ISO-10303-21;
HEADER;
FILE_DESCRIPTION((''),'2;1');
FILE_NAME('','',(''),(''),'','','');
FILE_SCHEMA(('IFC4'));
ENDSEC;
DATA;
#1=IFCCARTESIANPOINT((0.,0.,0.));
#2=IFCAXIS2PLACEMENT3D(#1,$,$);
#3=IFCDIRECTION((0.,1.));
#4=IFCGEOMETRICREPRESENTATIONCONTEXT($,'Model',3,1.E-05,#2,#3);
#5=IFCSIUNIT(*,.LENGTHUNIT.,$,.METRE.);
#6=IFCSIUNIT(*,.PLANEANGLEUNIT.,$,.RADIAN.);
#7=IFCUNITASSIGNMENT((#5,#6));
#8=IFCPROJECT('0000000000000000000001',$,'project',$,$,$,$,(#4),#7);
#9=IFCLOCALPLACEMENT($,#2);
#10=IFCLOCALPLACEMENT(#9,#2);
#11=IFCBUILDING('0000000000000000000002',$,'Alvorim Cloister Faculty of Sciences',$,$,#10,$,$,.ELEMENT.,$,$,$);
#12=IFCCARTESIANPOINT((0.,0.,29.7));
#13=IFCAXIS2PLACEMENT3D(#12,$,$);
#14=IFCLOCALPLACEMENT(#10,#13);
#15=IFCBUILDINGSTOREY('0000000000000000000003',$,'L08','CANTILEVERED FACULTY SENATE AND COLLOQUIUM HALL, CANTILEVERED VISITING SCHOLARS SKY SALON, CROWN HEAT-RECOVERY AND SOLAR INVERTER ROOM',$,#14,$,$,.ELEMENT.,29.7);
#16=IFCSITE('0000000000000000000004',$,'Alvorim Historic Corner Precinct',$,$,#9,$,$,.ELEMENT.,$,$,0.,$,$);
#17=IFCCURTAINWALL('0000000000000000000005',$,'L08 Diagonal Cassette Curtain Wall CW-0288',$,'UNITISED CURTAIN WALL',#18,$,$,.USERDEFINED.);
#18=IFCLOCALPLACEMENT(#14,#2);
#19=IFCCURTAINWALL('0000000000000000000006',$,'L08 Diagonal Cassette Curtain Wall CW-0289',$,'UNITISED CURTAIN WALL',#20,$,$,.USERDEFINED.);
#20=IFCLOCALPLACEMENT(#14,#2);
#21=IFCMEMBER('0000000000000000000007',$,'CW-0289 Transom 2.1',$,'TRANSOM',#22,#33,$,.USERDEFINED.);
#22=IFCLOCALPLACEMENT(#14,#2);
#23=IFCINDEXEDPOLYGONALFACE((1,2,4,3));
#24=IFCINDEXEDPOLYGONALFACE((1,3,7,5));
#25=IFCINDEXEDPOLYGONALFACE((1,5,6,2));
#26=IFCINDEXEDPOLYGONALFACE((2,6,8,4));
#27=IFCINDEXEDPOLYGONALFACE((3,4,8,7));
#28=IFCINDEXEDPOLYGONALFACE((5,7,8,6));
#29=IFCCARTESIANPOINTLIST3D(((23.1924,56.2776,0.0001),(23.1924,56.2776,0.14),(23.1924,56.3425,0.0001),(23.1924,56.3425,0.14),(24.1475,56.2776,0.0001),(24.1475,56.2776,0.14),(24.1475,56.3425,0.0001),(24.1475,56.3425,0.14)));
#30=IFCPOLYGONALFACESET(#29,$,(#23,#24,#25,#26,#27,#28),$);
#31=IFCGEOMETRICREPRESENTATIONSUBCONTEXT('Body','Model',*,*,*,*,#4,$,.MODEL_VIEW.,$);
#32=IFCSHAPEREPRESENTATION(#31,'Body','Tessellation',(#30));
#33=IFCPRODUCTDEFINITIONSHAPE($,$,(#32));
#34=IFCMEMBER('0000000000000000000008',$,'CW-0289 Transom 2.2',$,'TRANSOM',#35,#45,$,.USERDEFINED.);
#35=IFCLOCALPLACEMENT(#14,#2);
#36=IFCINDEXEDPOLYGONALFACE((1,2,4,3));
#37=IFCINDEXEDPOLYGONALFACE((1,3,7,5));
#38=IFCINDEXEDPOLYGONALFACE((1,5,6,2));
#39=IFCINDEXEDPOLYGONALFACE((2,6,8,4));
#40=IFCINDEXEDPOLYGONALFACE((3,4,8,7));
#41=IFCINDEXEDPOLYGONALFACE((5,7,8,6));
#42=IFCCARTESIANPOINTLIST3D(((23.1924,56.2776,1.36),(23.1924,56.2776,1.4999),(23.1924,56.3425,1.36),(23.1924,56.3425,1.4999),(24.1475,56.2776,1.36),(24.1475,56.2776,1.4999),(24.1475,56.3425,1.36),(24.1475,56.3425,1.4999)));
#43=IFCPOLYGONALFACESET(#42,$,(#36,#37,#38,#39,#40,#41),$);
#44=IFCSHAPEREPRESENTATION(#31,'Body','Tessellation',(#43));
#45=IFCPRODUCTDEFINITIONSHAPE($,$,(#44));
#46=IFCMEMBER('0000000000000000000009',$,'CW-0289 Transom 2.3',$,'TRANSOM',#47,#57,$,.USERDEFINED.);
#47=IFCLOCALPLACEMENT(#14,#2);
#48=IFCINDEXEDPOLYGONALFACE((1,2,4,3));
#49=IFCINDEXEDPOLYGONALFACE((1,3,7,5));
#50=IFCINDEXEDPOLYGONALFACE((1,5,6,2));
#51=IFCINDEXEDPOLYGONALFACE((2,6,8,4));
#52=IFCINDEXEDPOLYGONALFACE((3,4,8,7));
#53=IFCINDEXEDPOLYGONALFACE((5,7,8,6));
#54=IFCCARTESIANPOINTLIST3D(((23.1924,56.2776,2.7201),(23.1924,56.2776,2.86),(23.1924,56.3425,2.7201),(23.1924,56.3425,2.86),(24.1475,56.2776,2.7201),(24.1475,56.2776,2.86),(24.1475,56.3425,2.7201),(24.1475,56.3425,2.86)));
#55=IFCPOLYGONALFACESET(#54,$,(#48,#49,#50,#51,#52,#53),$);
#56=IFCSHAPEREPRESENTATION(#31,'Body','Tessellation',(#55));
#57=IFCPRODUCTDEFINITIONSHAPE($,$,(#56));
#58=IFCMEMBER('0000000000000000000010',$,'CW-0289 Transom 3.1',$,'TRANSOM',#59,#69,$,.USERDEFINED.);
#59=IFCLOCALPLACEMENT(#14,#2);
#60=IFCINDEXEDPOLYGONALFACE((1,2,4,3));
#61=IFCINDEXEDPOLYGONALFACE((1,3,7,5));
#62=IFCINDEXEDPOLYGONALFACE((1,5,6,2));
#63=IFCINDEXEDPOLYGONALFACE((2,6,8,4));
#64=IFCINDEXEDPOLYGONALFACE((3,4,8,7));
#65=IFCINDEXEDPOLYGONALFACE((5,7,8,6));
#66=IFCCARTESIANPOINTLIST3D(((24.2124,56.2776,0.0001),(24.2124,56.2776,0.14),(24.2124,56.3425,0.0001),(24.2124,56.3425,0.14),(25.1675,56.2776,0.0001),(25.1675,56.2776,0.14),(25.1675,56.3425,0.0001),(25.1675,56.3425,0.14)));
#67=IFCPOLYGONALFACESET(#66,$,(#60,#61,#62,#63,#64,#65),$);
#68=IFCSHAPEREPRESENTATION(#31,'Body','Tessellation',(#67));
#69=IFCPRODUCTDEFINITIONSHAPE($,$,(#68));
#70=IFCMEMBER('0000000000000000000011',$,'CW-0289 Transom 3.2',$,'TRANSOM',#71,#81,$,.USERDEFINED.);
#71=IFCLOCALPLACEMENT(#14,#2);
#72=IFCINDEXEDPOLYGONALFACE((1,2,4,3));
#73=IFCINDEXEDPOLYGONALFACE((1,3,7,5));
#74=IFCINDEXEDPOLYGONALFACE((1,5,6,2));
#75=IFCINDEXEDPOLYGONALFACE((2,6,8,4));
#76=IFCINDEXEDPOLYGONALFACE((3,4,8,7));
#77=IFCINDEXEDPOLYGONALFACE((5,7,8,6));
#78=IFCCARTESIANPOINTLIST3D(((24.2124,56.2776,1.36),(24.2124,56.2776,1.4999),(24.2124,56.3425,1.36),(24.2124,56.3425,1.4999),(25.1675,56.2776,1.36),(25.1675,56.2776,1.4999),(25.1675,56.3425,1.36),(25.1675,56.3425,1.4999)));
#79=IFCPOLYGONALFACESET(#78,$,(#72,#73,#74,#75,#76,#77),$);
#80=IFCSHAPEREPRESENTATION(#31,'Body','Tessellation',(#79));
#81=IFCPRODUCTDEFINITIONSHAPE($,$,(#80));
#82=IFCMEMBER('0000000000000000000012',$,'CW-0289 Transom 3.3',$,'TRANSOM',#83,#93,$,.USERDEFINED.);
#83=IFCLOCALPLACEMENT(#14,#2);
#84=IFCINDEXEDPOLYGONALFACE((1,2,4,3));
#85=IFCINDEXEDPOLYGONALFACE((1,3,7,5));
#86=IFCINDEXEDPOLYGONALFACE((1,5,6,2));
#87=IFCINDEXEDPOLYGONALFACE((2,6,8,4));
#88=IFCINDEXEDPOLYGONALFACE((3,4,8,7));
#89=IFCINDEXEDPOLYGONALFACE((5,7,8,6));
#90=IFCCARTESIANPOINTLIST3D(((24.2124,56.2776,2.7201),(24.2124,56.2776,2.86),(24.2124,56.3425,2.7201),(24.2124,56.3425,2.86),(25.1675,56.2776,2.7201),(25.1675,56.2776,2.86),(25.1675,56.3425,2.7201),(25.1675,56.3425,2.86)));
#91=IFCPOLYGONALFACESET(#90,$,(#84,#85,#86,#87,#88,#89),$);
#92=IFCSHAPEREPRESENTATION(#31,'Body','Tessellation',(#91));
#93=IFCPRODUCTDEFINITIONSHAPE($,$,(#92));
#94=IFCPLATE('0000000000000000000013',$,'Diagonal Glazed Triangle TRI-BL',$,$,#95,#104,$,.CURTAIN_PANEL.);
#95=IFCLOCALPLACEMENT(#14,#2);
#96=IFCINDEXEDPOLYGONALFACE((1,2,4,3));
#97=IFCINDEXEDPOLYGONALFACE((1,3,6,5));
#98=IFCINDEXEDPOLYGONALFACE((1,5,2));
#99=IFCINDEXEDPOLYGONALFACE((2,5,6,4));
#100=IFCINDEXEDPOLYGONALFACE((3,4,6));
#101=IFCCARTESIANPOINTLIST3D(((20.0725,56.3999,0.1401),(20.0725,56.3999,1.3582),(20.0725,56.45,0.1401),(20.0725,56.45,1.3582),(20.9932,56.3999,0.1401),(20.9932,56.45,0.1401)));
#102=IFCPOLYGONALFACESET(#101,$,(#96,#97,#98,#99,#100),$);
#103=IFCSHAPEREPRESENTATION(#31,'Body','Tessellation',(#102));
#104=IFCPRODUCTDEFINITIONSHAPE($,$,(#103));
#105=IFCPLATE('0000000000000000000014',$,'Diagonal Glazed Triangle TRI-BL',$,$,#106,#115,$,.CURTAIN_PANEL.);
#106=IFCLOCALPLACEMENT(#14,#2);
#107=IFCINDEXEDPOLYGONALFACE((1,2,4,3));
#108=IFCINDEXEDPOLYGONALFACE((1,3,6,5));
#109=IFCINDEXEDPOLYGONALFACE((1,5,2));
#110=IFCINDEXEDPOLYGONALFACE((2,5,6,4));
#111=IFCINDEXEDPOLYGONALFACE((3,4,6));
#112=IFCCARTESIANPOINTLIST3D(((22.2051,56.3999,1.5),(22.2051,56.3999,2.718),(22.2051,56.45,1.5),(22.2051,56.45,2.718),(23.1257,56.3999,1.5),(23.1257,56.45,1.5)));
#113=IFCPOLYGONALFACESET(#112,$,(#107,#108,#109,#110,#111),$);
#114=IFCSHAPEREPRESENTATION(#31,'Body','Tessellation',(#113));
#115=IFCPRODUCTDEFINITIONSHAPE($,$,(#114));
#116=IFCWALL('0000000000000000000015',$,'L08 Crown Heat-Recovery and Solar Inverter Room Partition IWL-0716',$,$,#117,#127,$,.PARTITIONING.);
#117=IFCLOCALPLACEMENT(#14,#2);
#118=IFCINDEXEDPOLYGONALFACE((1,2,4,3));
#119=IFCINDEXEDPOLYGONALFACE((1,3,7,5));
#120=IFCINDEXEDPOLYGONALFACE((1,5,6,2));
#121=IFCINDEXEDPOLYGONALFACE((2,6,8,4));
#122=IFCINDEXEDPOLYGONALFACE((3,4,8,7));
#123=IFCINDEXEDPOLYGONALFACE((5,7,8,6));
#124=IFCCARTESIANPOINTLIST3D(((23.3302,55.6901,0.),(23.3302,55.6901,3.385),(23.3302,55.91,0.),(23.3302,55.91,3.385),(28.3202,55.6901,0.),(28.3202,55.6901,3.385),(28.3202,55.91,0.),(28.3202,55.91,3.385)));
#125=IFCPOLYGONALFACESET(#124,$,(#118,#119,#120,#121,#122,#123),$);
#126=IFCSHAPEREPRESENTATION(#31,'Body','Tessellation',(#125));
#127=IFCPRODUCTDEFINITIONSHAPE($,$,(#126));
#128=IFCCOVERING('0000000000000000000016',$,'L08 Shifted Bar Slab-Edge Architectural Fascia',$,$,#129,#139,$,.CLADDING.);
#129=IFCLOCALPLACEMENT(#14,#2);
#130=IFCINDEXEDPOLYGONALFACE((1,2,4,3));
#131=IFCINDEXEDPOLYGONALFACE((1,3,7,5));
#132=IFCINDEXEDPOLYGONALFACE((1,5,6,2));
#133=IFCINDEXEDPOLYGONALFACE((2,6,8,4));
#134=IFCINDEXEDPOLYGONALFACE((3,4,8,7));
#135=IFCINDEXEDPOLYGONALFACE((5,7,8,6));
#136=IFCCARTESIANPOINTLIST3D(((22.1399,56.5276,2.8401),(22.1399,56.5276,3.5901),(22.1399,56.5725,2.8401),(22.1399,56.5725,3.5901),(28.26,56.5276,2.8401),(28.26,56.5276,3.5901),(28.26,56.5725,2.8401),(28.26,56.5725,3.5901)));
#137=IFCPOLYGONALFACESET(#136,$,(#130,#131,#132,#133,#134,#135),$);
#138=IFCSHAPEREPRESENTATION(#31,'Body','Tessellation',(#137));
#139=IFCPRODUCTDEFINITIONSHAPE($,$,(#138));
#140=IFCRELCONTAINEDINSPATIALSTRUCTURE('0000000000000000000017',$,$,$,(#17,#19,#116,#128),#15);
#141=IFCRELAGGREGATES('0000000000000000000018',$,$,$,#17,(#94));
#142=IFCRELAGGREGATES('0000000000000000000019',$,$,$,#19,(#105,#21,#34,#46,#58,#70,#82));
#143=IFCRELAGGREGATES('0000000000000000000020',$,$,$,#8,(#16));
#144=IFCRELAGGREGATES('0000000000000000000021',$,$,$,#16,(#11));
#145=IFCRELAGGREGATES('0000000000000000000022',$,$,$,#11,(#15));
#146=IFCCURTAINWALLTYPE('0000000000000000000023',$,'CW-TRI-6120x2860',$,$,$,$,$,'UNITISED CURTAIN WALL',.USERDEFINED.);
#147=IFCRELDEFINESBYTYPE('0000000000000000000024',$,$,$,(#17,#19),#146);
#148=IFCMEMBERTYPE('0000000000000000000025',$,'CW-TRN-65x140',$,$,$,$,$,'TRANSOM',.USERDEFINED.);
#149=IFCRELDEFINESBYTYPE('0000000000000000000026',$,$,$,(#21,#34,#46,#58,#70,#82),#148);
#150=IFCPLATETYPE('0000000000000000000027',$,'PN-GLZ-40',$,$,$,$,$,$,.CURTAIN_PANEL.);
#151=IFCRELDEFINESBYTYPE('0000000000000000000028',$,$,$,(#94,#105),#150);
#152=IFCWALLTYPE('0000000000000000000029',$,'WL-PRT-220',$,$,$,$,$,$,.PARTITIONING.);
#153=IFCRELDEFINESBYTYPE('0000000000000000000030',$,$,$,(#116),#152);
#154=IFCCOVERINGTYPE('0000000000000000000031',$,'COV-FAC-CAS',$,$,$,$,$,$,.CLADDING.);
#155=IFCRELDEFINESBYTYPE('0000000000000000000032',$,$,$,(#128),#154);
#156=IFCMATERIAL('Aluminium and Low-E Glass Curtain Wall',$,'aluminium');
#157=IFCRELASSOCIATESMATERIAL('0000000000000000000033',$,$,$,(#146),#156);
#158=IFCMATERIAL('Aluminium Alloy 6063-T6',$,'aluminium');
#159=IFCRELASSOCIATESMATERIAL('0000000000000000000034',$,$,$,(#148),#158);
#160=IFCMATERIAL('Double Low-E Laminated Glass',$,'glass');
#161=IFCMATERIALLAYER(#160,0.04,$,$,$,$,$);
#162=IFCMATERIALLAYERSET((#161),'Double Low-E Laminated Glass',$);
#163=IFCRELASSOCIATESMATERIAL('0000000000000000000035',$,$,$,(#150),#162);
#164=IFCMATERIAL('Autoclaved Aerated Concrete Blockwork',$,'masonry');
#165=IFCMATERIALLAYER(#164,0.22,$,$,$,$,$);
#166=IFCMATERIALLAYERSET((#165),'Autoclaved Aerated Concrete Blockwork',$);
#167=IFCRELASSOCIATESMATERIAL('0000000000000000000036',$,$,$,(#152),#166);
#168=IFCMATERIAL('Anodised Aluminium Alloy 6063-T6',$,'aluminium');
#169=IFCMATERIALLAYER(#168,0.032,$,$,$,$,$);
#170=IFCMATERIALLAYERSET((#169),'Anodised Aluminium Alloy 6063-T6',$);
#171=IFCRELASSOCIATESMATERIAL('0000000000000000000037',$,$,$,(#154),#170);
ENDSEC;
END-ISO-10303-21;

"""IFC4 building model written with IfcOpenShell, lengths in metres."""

from ifc_helpers import new_model, si_unit, direction, frame, frame_2d, origin, origin_2d, place, context, subcontext, project, spatial, polyline, rectangle, outline, extrude, material, layer, layer_set, material_profile, profile_set, type_object, element, aggregate, save


model = new_model("IFC4")

# Units and contexts
model_context = context("Model", 3, precision=1e-05, world=origin(), true_north=direction((0.0, 1.0)))
body_context = subcontext(model_context, "Body", "Model", "MODEL_VIEW")
ifc_project = project(units=[si_unit("LENGTHUNIT", "METRE"), si_unit("PLANEANGLEUNIT", "RADIAN")], contexts=[model_context])

# Site, building, storey
site_placement = place(None, origin())
site = spatial("IfcSite", under=ifc_project, at=site_placement, Name="Alvorim Historic Corner Precinct", CompositionType="ELEMENT", RefElevation=0.0)
building_placement = place(site_placement, origin())
building = spatial("IfcBuilding", under=site, at=building_placement, Name="Alvorim Cloister Faculty of Sciences", CompositionType="ELEMENT")
storey_placement = place(building_placement, frame((0.0, 0.0, 29.7)))
storey = spatial("IfcBuildingStorey", under=building, at=storey_placement, Name="L08", Description="CANTILEVERED FACULTY SENATE AND COLLOQUIUM HALL, CANTILEVERED VISITING SCHOLARS SKY SALON, CROWN HEAT-RECOVERY AND SOLAR INVERTER ROOM", CompositionType="ELEMENT", Elevation=29.7)

# Curtain walls
ifc_material_1 = material(Name="Aluminium and Low-E Glass Curtain Wall", Category="aluminium")
curtain_wall_type = type_object("IfcCurtainWallType", Name="CW-TRI-6120x2860", ElementType="UNITISED CURTAIN WALL", PredefinedType="USERDEFINED", material=ifc_material_1)
curtain_wall_1_placement = place(storey_placement, origin())
curtain_wall_1 = element("IfcCurtainWall", 1, at=curtain_wall_1_placement, inside=storey, type_object=curtain_wall_type, Name="L08 Diagonal Cassette Curtain Wall CW-0288", ObjectType="UNITISED CURTAIN WALL", PredefinedType="USERDEFINED")
ifc_material_2 = material(Name="Aluminium Alloy 6063-T6", Category="aluminium")
curtain_wall_2_placement = place(storey_placement, origin())
curtain_wall_2 = element("IfcCurtainWall", 2, at=curtain_wall_2_placement, inside=storey, type_object=curtain_wall_type, Name="L08 Diagonal Cassette Curtain Wall CW-0289", ObjectType="UNITISED CURTAIN WALL", PredefinedType="USERDEFINED")

# Members
ifc_material_profile_1 = material_profile(ifc_material_2, rectangle(XDim=0.0649, YDim=0.1399, at=origin_2d()), Name="ALU-TRN-65x140")
ifc_profile_set_1 = profile_set([ifc_material_profile_1], Name="Aluminium Alloy 6063-T6")
member_type_1 = type_object("IfcMemberType", Name="CW-TRN-65x140", ElementType="TRANSOM", PredefinedType="USERDEFINED", material=ifc_profile_set_1)
member_1_placement = place(storey_placement, frame((23.1924, 56.3101, 0.0701), z_axis=(1.0, 0.0, 0.0), x_axis=(0.0, 1.0, 0.0)))
member_1 = element("IfcMember", 3, at=member_1_placement, type_object=member_type_1, Name="CW-0289 Transom 2.1", ObjectType="TRANSOM", PredefinedType="USERDEFINED", context=body_context, shape_type="SweptSolid", body=[
    extrude(rectangle(XDim=0.0649, YDim=0.1399, at=origin_2d()), origin(), (0.0, 0.0, 1.0), 0.9551),
])
member_2_placement = place(storey_placement, frame((23.1924, 56.3101, 1.4299), z_axis=(1.0, 0.0, 0.0), x_axis=(0.0, 1.0, 0.0)))
member_2 = element("IfcMember", 4, at=member_2_placement, type_object=member_type_1, Name="CW-0289 Transom 2.2", ObjectType="TRANSOM", PredefinedType="USERDEFINED", context=body_context, shape_type="SweptSolid", body=[
    extrude(rectangle(XDim=0.0649, YDim=0.1399, at=origin_2d()), origin(), (0.0, 0.0, 1.0), 0.9551),
])
member_3_placement = place(storey_placement, frame((23.1924, 56.3101, 2.79), z_axis=(1.0, 0.0, 0.0), x_axis=(0.0, 1.0, 0.0)))
member_3 = element("IfcMember", 5, at=member_3_placement, type_object=member_type_1, Name="CW-0289 Transom 2.3", ObjectType="TRANSOM", PredefinedType="USERDEFINED", context=body_context, shape_type="SweptSolid", body=[
    extrude(rectangle(XDim=0.0649, YDim=0.1399, at=origin_2d()), origin(), (0.0, 0.0, 1.0), 0.9551),
])
member_4_placement = place(storey_placement, frame((24.2124, 56.3101, 0.0701), z_axis=(1.0, 0.0, 0.0), x_axis=(0.0, 1.0, 0.0)))
member_4 = element("IfcMember", 6, at=member_4_placement, type_object=member_type_1, Name="CW-0289 Transom 3.1", ObjectType="TRANSOM", PredefinedType="USERDEFINED", context=body_context, shape_type="SweptSolid", body=[
    extrude(rectangle(XDim=0.0649, YDim=0.1399, at=origin_2d()), origin(), (0.0, 0.0, 1.0), 0.9551),
])
member_5_placement = place(storey_placement, frame((24.2124, 56.3101, 1.4299), z_axis=(1.0, 0.0, 0.0), x_axis=(0.0, 1.0, 0.0)))
member_5 = element("IfcMember", 7, at=member_5_placement, type_object=member_type_1, Name="CW-0289 Transom 3.2", ObjectType="TRANSOM", PredefinedType="USERDEFINED", context=body_context, shape_type="SweptSolid", body=[
    extrude(rectangle(XDim=0.0649, YDim=0.1399, at=origin_2d()), origin(), (0.0, 0.0, 1.0), 0.9551),
])
member_6_placement = place(storey_placement, frame((24.2124, 56.3101, 2.79), z_axis=(1.0, 0.0, 0.0), x_axis=(0.0, 1.0, 0.0)))
member_6 = element("IfcMember", 8, at=member_6_placement, type_object=member_type_1, Name="CW-0289 Transom 3.3", ObjectType="TRANSOM", PredefinedType="USERDEFINED", context=body_context, shape_type="SweptSolid", body=[
    extrude(rectangle(XDim=0.0649, YDim=0.1399, at=origin_2d()), origin(), (0.0, 0.0, 1.0), 0.9551),
])

# Plates
ifc_material_3 = material(Name="Double Low-E Laminated Glass", Category="glass")
ifc_layer_1 = layer(ifc_material_3, 0.04)
ifc_layer_set_1 = layer_set([ifc_layer_1], Name="Double Low-E Laminated Glass")
plate_type = type_object("IfcPlateType", Name="PN-GLZ-40", PredefinedType="CURTAIN_PANEL", material=ifc_layer_set_1)
plate_1_placement = place(storey_placement, frame((20.0725, 56.425, 0.1401), z_axis=(0.0, 0.0, 1.0), x_axis=(1.0, 0.0, 0.0)))
plate_1 = element("IfcPlate", 9, at=plate_1_placement, type_object=plate_type, Name="Diagonal Glazed Triangle TRI-BL", PredefinedType="CURTAIN_PANEL", context=body_context, shape_type="SweptSolid", body=[
    extrude(outline(polyline([(0.0, 0.0), (0.9207, 0.0), (0.0, 1.218), (0.0, 0.0)])), frame((0.0, 0.0249, 0.0), z_axis=(0.0, -1.0, 0.0), x_axis=(1.0, 0.0, 0.0)), (0.0, 0.0, 1.0), 0.05),
])
aggregate(curtain_wall_1, [plate_1])
plate_2_placement = place(storey_placement, frame((22.2051, 56.425, 1.5), z_axis=(0.0, 0.0, 1.0), x_axis=(1.0, 0.0, 0.0)))
plate_2 = element("IfcPlate", 10, at=plate_2_placement, type_object=plate_type, Name="Diagonal Glazed Triangle TRI-BL", PredefinedType="CURTAIN_PANEL", context=body_context, shape_type="SweptSolid", body=[
    extrude(outline(polyline([(0.0, 0.0), (0.9207, 0.0), (0.0, 1.218), (0.0, 0.0)])), frame((0.0, 0.0249, 0.0), z_axis=(0.0, -1.0, 0.0), x_axis=(1.0, 0.0, 0.0)), (0.0, 0.0, 1.0), 0.05),
])
aggregate(curtain_wall_2, [plate_2, member_1, member_2, member_3, member_4, member_5, member_6])

# Wall
ifc_material_4 = material(Name="Autoclaved Aerated Concrete Blockwork", Category="masonry")
ifc_layer_2 = layer(ifc_material_4, 0.22)
ifc_layer_set_2 = layer_set([ifc_layer_2], Name="Autoclaved Aerated Concrete Blockwork")
wall_type = type_object("IfcWallType", Name="WL-PRT-220", PredefinedType="PARTITIONING", material=ifc_layer_set_2)
wall_placement = place(storey_placement, frame((23.3301, 55.8, 0.0), z_axis=(0.0, 0.0, 1.0), x_axis=(1.0, 0.0, 0.0)))
element("IfcWall", 11, at=wall_placement, inside=storey, type_object=wall_type, Name="L08 Crown Heat-Recovery and Solar Inverter Room Partition IWL-0716", PredefinedType="PARTITIONING", context=body_context, shape_type="SweptSolid", body=[
    extrude(rectangle(XDim=4.99, YDim=0.22, at=frame_2d((2.4951, 0.0))), origin(), (0.0, 0.0, 1.0), 3.385),
])

# Covering
ifc_material_5 = material(Name="Anodised Aluminium Alloy 6063-T6", Category="aluminium")
ifc_layer_3 = layer(ifc_material_5, 0.032)
ifc_layer_set_3 = layer_set([ifc_layer_3], Name="Anodised Aluminium Alloy 6063-T6")
covering_type = type_object("IfcCoveringType", Name="COV-FAC-CAS", PredefinedType="CLADDING", material=ifc_layer_set_3)
covering_placement = place(storey_placement, frame((22.1399, 56.55, 2.8401), z_axis=(0.0, 0.0, 1.0), x_axis=(1.0, 0.0, 0.0)))
element("IfcCovering", 12, at=covering_placement, inside=storey, type_object=covering_type, Name="L08 Shifted Bar Slab-Edge Architectural Fascia", PredefinedType="CLADDING", context=body_context, shape_type="SweptSolid", body=[
    extrude(outline(polyline([(0.0, 0.0), (6.1201, 0.0), (6.1201, 0.75), (0.0, 0.75), (0.0, 0.0)])), frame((0.0, 0.0225, 0.0), z_axis=(0.0, -1.0, 0.0), x_axis=(1.0, 0.0, 0.0)), (0.0, 0.0, 1.0), 0.0449),
])

save(model, "model.ifc")
